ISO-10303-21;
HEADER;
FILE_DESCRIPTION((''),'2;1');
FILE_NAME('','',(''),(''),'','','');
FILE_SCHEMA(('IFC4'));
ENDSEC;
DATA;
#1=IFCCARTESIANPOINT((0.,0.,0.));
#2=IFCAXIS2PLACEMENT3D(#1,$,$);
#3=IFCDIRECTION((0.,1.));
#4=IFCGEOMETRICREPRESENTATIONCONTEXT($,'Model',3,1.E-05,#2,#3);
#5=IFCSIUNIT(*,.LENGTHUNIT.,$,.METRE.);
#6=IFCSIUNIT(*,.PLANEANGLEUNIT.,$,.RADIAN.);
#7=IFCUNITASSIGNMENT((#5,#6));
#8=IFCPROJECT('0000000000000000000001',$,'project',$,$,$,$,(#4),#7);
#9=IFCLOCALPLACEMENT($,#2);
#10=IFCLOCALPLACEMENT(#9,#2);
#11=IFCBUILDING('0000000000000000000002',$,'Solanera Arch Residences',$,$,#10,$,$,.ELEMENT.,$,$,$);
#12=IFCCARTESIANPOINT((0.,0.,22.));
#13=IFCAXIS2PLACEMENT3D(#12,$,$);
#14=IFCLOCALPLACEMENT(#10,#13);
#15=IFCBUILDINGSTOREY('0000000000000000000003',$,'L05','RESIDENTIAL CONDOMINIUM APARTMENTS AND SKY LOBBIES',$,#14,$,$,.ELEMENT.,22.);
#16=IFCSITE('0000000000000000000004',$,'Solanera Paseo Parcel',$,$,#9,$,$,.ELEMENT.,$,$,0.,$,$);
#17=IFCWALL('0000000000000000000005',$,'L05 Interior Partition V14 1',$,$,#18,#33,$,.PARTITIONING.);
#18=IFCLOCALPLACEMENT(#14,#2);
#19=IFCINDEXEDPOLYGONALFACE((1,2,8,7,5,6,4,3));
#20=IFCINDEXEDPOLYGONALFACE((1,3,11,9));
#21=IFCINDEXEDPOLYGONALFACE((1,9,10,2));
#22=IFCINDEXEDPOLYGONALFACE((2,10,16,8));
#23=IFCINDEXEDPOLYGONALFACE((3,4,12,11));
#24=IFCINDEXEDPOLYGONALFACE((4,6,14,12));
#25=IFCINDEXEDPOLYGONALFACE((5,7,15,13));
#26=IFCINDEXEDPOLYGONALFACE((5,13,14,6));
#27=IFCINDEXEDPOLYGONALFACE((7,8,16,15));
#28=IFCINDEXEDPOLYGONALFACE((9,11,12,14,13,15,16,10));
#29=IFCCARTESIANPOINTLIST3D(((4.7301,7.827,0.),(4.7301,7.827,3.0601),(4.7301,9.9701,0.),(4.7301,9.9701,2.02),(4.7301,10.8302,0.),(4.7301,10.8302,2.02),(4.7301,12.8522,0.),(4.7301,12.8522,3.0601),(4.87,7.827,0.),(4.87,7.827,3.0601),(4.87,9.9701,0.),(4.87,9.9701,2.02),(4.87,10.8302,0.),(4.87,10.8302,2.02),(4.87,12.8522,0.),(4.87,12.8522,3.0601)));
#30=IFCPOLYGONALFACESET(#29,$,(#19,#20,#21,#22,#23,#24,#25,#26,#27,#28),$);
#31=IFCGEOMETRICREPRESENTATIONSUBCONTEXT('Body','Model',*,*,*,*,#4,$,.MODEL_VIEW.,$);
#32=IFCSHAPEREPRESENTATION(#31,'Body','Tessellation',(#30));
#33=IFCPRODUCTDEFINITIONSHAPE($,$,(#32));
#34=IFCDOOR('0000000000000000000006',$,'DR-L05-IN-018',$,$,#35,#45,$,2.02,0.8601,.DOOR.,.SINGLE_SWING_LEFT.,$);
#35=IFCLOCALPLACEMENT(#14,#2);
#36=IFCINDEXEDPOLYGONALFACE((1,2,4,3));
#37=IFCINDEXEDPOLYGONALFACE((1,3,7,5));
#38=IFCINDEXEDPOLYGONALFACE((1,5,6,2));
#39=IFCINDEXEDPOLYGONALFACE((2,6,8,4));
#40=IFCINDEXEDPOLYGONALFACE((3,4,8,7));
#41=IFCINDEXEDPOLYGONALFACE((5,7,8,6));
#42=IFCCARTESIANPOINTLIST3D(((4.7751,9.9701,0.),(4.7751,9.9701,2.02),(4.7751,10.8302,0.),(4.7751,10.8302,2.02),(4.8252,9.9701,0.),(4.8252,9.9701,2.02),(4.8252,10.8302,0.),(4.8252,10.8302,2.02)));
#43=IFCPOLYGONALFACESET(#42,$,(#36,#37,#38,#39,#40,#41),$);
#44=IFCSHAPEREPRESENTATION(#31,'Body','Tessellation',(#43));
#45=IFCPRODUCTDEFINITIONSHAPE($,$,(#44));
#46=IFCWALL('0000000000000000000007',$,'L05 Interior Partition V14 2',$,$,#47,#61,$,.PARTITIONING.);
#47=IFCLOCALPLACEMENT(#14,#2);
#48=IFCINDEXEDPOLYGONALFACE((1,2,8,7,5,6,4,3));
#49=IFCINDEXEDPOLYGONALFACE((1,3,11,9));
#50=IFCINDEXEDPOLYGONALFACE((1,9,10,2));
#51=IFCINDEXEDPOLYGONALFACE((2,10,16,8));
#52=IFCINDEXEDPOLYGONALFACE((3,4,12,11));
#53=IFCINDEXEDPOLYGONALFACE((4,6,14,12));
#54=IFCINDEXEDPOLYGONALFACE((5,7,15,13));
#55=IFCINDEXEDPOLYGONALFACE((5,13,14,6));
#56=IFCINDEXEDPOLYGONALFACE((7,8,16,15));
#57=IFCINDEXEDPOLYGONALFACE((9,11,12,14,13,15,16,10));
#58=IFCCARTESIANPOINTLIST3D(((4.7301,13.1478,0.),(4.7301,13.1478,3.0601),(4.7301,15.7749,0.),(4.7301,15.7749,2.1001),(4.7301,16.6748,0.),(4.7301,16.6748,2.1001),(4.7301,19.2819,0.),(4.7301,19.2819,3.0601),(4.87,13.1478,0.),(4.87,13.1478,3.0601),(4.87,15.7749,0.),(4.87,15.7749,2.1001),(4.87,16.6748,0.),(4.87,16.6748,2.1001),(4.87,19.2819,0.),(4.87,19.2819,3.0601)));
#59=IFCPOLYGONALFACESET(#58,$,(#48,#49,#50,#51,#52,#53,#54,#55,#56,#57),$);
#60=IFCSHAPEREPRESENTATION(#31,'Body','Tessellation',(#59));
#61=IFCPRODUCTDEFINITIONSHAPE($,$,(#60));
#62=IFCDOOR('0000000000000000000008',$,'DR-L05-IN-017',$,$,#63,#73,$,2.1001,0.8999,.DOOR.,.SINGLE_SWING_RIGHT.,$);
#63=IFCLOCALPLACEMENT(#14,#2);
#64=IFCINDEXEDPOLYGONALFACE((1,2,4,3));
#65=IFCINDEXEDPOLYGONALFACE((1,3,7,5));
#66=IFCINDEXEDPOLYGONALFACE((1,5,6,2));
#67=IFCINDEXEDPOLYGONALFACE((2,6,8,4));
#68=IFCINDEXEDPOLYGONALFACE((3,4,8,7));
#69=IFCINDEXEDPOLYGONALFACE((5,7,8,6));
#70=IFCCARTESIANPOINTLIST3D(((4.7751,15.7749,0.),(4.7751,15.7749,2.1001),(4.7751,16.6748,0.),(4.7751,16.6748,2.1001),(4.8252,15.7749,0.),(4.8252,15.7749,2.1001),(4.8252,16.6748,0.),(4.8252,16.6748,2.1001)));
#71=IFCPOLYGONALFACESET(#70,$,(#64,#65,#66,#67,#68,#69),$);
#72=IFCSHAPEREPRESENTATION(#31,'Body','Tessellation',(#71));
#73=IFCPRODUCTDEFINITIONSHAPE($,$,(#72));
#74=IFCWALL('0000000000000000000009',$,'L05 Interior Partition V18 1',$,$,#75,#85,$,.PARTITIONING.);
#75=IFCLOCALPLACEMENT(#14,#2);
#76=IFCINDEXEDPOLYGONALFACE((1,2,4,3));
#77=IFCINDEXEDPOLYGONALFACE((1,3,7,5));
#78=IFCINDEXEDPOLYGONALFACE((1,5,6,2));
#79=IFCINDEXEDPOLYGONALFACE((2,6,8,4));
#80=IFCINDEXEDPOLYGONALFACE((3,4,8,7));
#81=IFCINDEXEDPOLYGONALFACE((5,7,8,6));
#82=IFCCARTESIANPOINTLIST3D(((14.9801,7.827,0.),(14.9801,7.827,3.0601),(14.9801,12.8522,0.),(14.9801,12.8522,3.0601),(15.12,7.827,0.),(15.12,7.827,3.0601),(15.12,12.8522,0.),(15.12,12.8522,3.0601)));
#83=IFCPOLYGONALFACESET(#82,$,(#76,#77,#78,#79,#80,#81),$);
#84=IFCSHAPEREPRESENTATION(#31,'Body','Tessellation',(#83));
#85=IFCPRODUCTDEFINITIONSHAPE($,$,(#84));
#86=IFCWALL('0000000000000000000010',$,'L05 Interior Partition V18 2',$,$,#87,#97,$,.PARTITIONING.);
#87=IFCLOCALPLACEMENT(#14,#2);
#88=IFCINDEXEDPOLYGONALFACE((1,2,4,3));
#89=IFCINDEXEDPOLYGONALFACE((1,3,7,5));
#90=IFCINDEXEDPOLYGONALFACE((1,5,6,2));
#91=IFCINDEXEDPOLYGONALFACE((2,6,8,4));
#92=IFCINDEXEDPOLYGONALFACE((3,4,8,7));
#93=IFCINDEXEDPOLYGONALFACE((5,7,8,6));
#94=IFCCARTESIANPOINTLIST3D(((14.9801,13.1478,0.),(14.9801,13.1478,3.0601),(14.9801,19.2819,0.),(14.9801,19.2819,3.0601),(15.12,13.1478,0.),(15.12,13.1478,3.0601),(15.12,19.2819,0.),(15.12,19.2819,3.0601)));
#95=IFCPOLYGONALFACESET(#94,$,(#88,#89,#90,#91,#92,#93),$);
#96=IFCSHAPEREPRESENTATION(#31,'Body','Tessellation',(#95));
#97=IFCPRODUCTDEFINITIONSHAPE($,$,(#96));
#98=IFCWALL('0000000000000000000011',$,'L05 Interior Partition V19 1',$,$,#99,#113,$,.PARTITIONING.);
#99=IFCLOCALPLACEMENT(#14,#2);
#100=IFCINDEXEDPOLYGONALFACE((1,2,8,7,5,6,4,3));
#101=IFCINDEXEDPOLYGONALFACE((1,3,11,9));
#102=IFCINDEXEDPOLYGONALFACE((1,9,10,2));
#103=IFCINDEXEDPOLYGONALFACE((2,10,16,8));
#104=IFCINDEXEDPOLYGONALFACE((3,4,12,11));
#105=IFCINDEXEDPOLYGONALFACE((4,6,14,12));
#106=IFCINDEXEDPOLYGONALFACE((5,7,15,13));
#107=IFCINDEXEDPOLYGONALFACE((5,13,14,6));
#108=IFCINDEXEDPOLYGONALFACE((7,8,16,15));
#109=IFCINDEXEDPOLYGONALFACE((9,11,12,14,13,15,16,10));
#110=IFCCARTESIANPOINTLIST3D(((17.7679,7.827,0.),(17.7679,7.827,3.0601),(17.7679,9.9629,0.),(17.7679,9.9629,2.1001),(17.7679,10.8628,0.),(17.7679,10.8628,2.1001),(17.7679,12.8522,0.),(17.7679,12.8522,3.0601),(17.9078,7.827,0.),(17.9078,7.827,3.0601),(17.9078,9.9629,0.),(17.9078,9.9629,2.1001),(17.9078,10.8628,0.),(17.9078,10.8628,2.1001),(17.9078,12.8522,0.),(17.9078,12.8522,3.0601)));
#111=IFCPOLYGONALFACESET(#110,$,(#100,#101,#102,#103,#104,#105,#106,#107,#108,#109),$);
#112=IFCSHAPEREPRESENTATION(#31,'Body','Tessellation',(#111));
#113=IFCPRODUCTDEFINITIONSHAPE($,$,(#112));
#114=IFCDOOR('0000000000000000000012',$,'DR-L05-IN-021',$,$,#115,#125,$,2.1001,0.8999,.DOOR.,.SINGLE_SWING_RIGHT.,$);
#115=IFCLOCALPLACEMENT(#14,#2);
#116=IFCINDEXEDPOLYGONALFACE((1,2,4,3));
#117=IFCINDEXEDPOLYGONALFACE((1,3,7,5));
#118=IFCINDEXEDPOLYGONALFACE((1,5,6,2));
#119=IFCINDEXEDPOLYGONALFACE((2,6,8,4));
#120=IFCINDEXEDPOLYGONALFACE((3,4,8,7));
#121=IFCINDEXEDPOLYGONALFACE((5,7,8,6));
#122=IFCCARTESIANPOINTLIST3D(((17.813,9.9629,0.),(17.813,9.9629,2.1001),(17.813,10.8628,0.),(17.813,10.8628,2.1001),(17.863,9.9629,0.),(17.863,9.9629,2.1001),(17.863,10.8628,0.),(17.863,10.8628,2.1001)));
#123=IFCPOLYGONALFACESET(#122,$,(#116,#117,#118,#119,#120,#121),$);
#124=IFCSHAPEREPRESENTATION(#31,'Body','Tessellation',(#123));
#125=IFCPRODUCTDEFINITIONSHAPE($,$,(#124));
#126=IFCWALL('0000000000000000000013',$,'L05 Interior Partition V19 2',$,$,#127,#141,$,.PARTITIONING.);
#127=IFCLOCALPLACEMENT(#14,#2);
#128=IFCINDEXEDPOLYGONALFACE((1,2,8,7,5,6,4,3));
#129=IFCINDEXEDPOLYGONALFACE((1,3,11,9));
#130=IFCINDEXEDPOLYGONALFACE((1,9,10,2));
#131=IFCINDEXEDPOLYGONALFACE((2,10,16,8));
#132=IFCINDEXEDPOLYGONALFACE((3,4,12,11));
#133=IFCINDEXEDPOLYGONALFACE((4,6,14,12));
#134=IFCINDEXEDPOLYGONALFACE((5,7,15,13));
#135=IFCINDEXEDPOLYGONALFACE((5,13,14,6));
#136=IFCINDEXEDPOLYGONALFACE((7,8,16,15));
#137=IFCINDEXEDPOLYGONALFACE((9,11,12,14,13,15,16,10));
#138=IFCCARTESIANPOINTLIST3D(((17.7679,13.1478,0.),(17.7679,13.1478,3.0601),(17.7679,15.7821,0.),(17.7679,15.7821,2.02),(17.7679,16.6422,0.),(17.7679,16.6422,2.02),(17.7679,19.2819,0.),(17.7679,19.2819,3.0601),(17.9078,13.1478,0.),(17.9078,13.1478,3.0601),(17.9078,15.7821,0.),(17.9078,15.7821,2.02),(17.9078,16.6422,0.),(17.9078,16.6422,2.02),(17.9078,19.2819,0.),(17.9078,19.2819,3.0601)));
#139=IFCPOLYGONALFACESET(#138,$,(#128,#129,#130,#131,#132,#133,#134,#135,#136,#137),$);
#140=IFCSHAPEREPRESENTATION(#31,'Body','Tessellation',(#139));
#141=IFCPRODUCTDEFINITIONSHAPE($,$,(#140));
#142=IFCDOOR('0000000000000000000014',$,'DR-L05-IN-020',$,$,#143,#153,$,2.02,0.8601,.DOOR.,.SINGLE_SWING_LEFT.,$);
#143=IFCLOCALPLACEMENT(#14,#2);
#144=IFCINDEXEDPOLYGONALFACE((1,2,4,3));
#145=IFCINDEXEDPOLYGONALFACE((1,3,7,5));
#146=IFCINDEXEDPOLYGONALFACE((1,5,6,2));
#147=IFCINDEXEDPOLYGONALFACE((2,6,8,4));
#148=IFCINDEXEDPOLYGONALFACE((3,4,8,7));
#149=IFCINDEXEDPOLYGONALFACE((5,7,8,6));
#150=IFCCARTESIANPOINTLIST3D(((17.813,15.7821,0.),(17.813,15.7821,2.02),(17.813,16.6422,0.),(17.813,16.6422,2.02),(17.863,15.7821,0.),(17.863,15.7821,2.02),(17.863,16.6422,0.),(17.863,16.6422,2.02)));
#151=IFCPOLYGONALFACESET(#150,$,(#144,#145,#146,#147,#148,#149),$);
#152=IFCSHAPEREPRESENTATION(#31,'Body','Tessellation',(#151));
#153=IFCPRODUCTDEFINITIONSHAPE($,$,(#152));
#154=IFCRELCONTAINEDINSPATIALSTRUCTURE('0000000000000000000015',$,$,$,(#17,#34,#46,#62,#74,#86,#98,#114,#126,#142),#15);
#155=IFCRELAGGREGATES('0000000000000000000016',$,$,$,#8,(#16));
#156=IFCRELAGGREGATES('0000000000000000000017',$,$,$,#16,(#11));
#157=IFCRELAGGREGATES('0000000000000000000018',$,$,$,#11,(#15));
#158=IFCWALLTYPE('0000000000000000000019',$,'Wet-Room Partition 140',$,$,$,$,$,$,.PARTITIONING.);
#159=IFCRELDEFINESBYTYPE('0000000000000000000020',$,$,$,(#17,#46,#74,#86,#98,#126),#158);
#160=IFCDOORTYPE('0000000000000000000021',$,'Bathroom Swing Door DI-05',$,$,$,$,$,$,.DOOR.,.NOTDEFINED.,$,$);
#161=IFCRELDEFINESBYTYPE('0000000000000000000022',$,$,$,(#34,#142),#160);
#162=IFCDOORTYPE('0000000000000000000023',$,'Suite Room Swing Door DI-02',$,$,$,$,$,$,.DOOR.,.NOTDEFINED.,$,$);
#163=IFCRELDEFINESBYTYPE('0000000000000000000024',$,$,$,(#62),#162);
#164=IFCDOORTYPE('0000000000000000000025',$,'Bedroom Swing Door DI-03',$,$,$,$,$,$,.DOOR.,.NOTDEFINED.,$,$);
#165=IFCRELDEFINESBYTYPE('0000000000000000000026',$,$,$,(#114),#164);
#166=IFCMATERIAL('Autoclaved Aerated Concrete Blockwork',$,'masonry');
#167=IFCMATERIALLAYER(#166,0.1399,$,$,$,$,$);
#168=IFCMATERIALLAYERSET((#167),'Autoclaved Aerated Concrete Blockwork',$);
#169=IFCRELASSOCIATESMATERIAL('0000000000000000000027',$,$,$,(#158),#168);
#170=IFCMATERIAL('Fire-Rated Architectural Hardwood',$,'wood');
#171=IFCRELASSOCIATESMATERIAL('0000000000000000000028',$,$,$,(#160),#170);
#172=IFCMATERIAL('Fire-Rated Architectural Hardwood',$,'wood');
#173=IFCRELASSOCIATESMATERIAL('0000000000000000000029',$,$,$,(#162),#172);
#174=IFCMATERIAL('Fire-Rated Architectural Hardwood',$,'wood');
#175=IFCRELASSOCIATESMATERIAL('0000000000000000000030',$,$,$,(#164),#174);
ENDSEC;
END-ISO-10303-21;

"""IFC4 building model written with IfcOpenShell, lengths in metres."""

from ifc_helpers import new_model, si_unit, direction, frame, frame_2d, origin, place, context, subcontext, project, spatial, rectangle, extrude, material, layer, layer_set, type_object, element, fill, save


model = new_model("IFC4")

# Units and contexts
model_context = context("Model", 3, precision=1e-05, world=origin(), true_north=direction((0.0, 1.0)))
body_context = subcontext(model_context, "Body", "Model", "MODEL_VIEW")
ifc_project = project(units=[si_unit("LENGTHUNIT", "METRE"), si_unit("PLANEANGLEUNIT", "RADIAN")], contexts=[model_context])

# Site, building, storey
site_placement = place(None, origin())
site = spatial("IfcSite", under=ifc_project, at=site_placement, Name="Solanera Paseo Parcel", CompositionType="ELEMENT", RefElevation=0.0)
building_placement = place(site_placement, origin())
building = spatial("IfcBuilding", under=site, at=building_placement, Name="Solanera Arch Residences", CompositionType="ELEMENT")
storey_placement = place(building_placement, frame((0.0, 0.0, 22.0)))
storey = spatial("IfcBuildingStorey", under=building, at=storey_placement, Name="L05", Description="RESIDENTIAL CONDOMINIUM APARTMENTS AND SKY LOBBIES", CompositionType="ELEMENT", Elevation=22.0)

# Walls, openings, doors
ifc_material_1 = material(Name="Autoclaved Aerated Concrete Blockwork", Category="masonry")
ifc_layer_1 = layer(ifc_material_1, 0.1399)
ifc_layer_set_1 = layer_set([ifc_layer_1], Name="Autoclaved Aerated Concrete Blockwork")
wall_type_1 = type_object("IfcWallType", Name="Wet-Room Partition 140", PredefinedType="PARTITIONING", material=ifc_layer_set_1)
wall_1_placement = place(storey_placement, frame((4.8, 7.8269, 0.0), z_axis=(0.0, 0.0, 1.0), x_axis=(0.0, 1.0, 0.0)))
wall_1 = element("IfcWall", 1, at=wall_1_placement, inside=storey, type_object=wall_type_1, Name="L05 Interior Partition V14 1", PredefinedType="PARTITIONING", context=body_context, shape_type="SweptSolid", body=[
    extrude(rectangle(XDim=5.0251, YDim=0.1399, at=frame_2d((2.5127, 0.0))), origin(), (0.0, 0.0, 1.0), 3.0601),
])
opening_1_placement = place(wall_1_placement, frame((2.1431, 0.0, 0.0)))
opening_1 = element("IfcOpeningElement", 2, at=opening_1_placement, cuts=wall_1, PredefinedType="OPENING", context=body_context, shape_type="SweptSolid", body=[
    extrude(rectangle(XDim=0.8601, YDim=2.02, at=frame_2d((0.4302, 1.01))), frame((0.0, 0.0798, 0.0), z_axis=(0.0, -1.0, 0.0), x_axis=(1.0, 0.0, 0.0)), (0.0, 0.0, 1.0), 0.1599),
])
ifc_material_2 = material(Name="Fire-Rated Architectural Hardwood", Category="wood")
door_type_1 = type_object("IfcDoorType", Name="Bathroom Swing Door DI-05", OperationType="NOTDEFINED", PredefinedType="DOOR", material=ifc_material_2)
door_1_placement = place(opening_1_placement, origin())
door_1 = element("IfcDoor", 3, at=door_1_placement, inside=storey, type_object=door_type_1, Name="DR-L05-IN-018", OperationType="SINGLE_SWING_LEFT", OverallHeight=2.02, OverallWidth=0.8601, PredefinedType="DOOR", context=body_context, shape_type="SweptSolid", body=[
    extrude(rectangle(XDim=0.8601, YDim=2.02, at=frame_2d((0.4302, 1.01))), frame((0.0, 0.0249, 0.0), z_axis=(0.0, -1.0, 0.0), x_axis=(1.0, 0.0, 0.0)), (0.0, 0.0, 1.0), 0.05),
])
fill(opening_1, door_1)
wall_2_placement = place(storey_placement, frame((4.8, 13.1479, 0.0), z_axis=(0.0, 0.0, 1.0), x_axis=(0.0, 1.0, 0.0)))
wall_2 = element("IfcWall", 4, at=wall_2_placement, inside=storey, type_object=wall_type_1, Name="L05 Interior Partition V14 2", PredefinedType="PARTITIONING", context=body_context, shape_type="SweptSolid", body=[
    extrude(rectangle(XDim=6.134, YDim=0.1399, at=frame_2d((3.0669, 0.0))), origin(), (0.0, 0.0, 1.0), 3.0601),
])
opening_2_placement = place(wall_2_placement, frame((2.627, 0.0, 0.0)))
opening_2 = element("IfcOpeningElement", 5, at=opening_2_placement, cuts=wall_2, PredefinedType="OPENING", context=body_context, shape_type="SweptSolid", body=[
    extrude(rectangle(XDim=0.8999, YDim=2.1001, at=frame_2d((0.45, 1.05))), frame((0.0, 0.0798, 0.0), z_axis=(0.0, -1.0, 0.0), x_axis=(1.0, 0.0, 0.0)), (0.0, 0.0, 1.0), 0.1599),
])
ifc_material_3 = material(Name="Fire-Rated Architectural Hardwood", Category="wood")
door_type_2 = type_object("IfcDoorType", Name="Suite Room Swing Door DI-02", OperationType="NOTDEFINED", PredefinedType="DOOR", material=ifc_material_3)
door_2_placement = place(opening_2_placement, origin())
door_2 = element("IfcDoor", 6, at=door_2_placement, inside=storey, type_object=door_type_2, Name="DR-L05-IN-017", OperationType="SINGLE_SWING_RIGHT", OverallHeight=2.1001, OverallWidth=0.8999, PredefinedType="DOOR", context=body_context, shape_type="SweptSolid", body=[
    extrude(rectangle(XDim=0.8999, YDim=2.1001, at=frame_2d((0.45, 1.05))), frame((0.0, 0.0249, 0.0), z_axis=(0.0, -1.0, 0.0), x_axis=(1.0, 0.0, 0.0)), (0.0, 0.0, 1.0), 0.05),
])
fill(opening_2, door_2)

# Walls
wall_3_placement = place(storey_placement, frame((15.05, 7.8269, 0.0), z_axis=(0.0, 0.0, 1.0), x_axis=(0.0, 1.0, 0.0)))
element("IfcWall", 7, at=wall_3_placement, inside=storey, type_object=wall_type_1, Name="L05 Interior Partition V18 1", PredefinedType="PARTITIONING", context=body_context, shape_type="SweptSolid", body=[
    extrude(rectangle(XDim=5.0251, YDim=0.1399, at=frame_2d((2.5127, 0.0))), origin(), (0.0, 0.0, 1.0), 3.0601),
])
wall_4_placement = place(storey_placement, frame((15.05, 13.1479, 0.0), z_axis=(0.0, 0.0, 1.0), x_axis=(0.0, 1.0, 0.0)))
element("IfcWall", 8, at=wall_4_placement, inside=storey, type_object=wall_type_1, Name="L05 Interior Partition V18 2", PredefinedType="PARTITIONING", context=body_context, shape_type="SweptSolid", body=[
    extrude(rectangle(XDim=6.134, YDim=0.1399, at=frame_2d((3.0669, 0.0))), origin(), (0.0, 0.0, 1.0), 3.0601),
])

# Walls, openings, doors
wall_5_placement = place(storey_placement, frame((17.8379, 7.8269, 0.0), z_axis=(0.0, 0.0, 1.0), x_axis=(0.0, 1.0, 0.0)))
wall_5 = element("IfcWall", 9, at=wall_5_placement, inside=storey, type_object=wall_type_1, Name="L05 Interior Partition V19 1", PredefinedType="PARTITIONING", context=body_context, shape_type="SweptSolid", body=[
    extrude(rectangle(XDim=5.0251, YDim=0.1399, at=frame_2d((2.5127, 0.0))), origin(), (0.0, 0.0, 1.0), 3.0601),
])
opening_3_placement = place(wall_5_placement, frame((2.136, 0.0, 0.0)))
opening_3 = element("IfcOpeningElement", 10, at=opening_3_placement, cuts=wall_5, PredefinedType="OPENING", context=body_context, shape_type="SweptSolid", body=[
    extrude(rectangle(XDim=0.8999, YDim=2.1001, at=frame_2d((0.45, 1.05))), frame((0.0, 0.0798, 0.0), z_axis=(0.0, -1.0, 0.0), x_axis=(1.0, 0.0, 0.0)), (0.0, 0.0, 1.0), 0.1599),
])
ifc_material_4 = material(Name="Fire-Rated Architectural Hardwood", Category="wood")
door_type_3 = type_object("IfcDoorType", Name="Bedroom Swing Door DI-03", OperationType="NOTDEFINED", PredefinedType="DOOR", material=ifc_material_4)
door_3_placement = place(opening_3_placement, origin())
door_3 = element("IfcDoor", 11, at=door_3_placement, inside=storey, type_object=door_type_3, Name="DR-L05-IN-021", OperationType="SINGLE_SWING_RIGHT", OverallHeight=2.1001, OverallWidth=0.8999, PredefinedType="DOOR", context=body_context, shape_type="SweptSolid", body=[
    extrude(rectangle(XDim=0.8999, YDim=2.1001, at=frame_2d((0.45, 1.05))), frame((0.0, 0.0249, 0.0), z_axis=(0.0, -1.0, 0.0), x_axis=(1.0, 0.0, 0.0)), (0.0, 0.0, 1.0), 0.05),
])
fill(opening_3, door_3)
wall_6_placement = place(storey_placement, frame((17.8379, 13.1479, 0.0), z_axis=(0.0, 0.0, 1.0), x_axis=(0.0, 1.0, 0.0)))
wall_6 = element("IfcWall", 12, at=wall_6_placement, inside=storey, type_object=wall_type_1, Name="L05 Interior Partition V19 2", PredefinedType="PARTITIONING", context=body_context, shape_type="SweptSolid", body=[
    extrude(rectangle(XDim=6.134, YDim=0.1399, at=frame_2d((3.0669, 0.0))), origin(), (0.0, 0.0, 1.0), 3.0601),
])
opening_4_placement = place(wall_6_placement, frame((2.634, 0.0, 0.0)))
opening_4 = element("IfcOpeningElement", 13, at=opening_4_placement, cuts=wall_6, PredefinedType="OPENING", context=body_context, shape_type="SweptSolid", body=[
    extrude(rectangle(XDim=0.8601, YDim=2.02, at=frame_2d((0.4302, 1.01))), frame((0.0, 0.0798, 0.0), z_axis=(0.0, -1.0, 0.0), x_axis=(1.0, 0.0, 0.0)), (0.0, 0.0, 1.0), 0.1599),
])
door_4_placement = place(opening_4_placement, origin())
door_4 = element("IfcDoor", 14, at=door_4_placement, inside=storey, type_object=door_type_1, Name="DR-L05-IN-020", OperationType="SINGLE_SWING_LEFT", OverallHeight=2.02, OverallWidth=0.8601, PredefinedType="DOOR", context=body_context, shape_type="SweptSolid", body=[
    extrude(rectangle(XDim=0.8601, YDim=2.02, at=frame_2d((0.4302, 1.01))), frame((0.0, 0.0249, 0.0), z_axis=(0.0, -1.0, 0.0), x_axis=(1.0, 0.0, 0.0)), (0.0, 0.0, 1.0), 0.05),
])
fill(opening_4, door_4)

save(model, "model.ifc")
